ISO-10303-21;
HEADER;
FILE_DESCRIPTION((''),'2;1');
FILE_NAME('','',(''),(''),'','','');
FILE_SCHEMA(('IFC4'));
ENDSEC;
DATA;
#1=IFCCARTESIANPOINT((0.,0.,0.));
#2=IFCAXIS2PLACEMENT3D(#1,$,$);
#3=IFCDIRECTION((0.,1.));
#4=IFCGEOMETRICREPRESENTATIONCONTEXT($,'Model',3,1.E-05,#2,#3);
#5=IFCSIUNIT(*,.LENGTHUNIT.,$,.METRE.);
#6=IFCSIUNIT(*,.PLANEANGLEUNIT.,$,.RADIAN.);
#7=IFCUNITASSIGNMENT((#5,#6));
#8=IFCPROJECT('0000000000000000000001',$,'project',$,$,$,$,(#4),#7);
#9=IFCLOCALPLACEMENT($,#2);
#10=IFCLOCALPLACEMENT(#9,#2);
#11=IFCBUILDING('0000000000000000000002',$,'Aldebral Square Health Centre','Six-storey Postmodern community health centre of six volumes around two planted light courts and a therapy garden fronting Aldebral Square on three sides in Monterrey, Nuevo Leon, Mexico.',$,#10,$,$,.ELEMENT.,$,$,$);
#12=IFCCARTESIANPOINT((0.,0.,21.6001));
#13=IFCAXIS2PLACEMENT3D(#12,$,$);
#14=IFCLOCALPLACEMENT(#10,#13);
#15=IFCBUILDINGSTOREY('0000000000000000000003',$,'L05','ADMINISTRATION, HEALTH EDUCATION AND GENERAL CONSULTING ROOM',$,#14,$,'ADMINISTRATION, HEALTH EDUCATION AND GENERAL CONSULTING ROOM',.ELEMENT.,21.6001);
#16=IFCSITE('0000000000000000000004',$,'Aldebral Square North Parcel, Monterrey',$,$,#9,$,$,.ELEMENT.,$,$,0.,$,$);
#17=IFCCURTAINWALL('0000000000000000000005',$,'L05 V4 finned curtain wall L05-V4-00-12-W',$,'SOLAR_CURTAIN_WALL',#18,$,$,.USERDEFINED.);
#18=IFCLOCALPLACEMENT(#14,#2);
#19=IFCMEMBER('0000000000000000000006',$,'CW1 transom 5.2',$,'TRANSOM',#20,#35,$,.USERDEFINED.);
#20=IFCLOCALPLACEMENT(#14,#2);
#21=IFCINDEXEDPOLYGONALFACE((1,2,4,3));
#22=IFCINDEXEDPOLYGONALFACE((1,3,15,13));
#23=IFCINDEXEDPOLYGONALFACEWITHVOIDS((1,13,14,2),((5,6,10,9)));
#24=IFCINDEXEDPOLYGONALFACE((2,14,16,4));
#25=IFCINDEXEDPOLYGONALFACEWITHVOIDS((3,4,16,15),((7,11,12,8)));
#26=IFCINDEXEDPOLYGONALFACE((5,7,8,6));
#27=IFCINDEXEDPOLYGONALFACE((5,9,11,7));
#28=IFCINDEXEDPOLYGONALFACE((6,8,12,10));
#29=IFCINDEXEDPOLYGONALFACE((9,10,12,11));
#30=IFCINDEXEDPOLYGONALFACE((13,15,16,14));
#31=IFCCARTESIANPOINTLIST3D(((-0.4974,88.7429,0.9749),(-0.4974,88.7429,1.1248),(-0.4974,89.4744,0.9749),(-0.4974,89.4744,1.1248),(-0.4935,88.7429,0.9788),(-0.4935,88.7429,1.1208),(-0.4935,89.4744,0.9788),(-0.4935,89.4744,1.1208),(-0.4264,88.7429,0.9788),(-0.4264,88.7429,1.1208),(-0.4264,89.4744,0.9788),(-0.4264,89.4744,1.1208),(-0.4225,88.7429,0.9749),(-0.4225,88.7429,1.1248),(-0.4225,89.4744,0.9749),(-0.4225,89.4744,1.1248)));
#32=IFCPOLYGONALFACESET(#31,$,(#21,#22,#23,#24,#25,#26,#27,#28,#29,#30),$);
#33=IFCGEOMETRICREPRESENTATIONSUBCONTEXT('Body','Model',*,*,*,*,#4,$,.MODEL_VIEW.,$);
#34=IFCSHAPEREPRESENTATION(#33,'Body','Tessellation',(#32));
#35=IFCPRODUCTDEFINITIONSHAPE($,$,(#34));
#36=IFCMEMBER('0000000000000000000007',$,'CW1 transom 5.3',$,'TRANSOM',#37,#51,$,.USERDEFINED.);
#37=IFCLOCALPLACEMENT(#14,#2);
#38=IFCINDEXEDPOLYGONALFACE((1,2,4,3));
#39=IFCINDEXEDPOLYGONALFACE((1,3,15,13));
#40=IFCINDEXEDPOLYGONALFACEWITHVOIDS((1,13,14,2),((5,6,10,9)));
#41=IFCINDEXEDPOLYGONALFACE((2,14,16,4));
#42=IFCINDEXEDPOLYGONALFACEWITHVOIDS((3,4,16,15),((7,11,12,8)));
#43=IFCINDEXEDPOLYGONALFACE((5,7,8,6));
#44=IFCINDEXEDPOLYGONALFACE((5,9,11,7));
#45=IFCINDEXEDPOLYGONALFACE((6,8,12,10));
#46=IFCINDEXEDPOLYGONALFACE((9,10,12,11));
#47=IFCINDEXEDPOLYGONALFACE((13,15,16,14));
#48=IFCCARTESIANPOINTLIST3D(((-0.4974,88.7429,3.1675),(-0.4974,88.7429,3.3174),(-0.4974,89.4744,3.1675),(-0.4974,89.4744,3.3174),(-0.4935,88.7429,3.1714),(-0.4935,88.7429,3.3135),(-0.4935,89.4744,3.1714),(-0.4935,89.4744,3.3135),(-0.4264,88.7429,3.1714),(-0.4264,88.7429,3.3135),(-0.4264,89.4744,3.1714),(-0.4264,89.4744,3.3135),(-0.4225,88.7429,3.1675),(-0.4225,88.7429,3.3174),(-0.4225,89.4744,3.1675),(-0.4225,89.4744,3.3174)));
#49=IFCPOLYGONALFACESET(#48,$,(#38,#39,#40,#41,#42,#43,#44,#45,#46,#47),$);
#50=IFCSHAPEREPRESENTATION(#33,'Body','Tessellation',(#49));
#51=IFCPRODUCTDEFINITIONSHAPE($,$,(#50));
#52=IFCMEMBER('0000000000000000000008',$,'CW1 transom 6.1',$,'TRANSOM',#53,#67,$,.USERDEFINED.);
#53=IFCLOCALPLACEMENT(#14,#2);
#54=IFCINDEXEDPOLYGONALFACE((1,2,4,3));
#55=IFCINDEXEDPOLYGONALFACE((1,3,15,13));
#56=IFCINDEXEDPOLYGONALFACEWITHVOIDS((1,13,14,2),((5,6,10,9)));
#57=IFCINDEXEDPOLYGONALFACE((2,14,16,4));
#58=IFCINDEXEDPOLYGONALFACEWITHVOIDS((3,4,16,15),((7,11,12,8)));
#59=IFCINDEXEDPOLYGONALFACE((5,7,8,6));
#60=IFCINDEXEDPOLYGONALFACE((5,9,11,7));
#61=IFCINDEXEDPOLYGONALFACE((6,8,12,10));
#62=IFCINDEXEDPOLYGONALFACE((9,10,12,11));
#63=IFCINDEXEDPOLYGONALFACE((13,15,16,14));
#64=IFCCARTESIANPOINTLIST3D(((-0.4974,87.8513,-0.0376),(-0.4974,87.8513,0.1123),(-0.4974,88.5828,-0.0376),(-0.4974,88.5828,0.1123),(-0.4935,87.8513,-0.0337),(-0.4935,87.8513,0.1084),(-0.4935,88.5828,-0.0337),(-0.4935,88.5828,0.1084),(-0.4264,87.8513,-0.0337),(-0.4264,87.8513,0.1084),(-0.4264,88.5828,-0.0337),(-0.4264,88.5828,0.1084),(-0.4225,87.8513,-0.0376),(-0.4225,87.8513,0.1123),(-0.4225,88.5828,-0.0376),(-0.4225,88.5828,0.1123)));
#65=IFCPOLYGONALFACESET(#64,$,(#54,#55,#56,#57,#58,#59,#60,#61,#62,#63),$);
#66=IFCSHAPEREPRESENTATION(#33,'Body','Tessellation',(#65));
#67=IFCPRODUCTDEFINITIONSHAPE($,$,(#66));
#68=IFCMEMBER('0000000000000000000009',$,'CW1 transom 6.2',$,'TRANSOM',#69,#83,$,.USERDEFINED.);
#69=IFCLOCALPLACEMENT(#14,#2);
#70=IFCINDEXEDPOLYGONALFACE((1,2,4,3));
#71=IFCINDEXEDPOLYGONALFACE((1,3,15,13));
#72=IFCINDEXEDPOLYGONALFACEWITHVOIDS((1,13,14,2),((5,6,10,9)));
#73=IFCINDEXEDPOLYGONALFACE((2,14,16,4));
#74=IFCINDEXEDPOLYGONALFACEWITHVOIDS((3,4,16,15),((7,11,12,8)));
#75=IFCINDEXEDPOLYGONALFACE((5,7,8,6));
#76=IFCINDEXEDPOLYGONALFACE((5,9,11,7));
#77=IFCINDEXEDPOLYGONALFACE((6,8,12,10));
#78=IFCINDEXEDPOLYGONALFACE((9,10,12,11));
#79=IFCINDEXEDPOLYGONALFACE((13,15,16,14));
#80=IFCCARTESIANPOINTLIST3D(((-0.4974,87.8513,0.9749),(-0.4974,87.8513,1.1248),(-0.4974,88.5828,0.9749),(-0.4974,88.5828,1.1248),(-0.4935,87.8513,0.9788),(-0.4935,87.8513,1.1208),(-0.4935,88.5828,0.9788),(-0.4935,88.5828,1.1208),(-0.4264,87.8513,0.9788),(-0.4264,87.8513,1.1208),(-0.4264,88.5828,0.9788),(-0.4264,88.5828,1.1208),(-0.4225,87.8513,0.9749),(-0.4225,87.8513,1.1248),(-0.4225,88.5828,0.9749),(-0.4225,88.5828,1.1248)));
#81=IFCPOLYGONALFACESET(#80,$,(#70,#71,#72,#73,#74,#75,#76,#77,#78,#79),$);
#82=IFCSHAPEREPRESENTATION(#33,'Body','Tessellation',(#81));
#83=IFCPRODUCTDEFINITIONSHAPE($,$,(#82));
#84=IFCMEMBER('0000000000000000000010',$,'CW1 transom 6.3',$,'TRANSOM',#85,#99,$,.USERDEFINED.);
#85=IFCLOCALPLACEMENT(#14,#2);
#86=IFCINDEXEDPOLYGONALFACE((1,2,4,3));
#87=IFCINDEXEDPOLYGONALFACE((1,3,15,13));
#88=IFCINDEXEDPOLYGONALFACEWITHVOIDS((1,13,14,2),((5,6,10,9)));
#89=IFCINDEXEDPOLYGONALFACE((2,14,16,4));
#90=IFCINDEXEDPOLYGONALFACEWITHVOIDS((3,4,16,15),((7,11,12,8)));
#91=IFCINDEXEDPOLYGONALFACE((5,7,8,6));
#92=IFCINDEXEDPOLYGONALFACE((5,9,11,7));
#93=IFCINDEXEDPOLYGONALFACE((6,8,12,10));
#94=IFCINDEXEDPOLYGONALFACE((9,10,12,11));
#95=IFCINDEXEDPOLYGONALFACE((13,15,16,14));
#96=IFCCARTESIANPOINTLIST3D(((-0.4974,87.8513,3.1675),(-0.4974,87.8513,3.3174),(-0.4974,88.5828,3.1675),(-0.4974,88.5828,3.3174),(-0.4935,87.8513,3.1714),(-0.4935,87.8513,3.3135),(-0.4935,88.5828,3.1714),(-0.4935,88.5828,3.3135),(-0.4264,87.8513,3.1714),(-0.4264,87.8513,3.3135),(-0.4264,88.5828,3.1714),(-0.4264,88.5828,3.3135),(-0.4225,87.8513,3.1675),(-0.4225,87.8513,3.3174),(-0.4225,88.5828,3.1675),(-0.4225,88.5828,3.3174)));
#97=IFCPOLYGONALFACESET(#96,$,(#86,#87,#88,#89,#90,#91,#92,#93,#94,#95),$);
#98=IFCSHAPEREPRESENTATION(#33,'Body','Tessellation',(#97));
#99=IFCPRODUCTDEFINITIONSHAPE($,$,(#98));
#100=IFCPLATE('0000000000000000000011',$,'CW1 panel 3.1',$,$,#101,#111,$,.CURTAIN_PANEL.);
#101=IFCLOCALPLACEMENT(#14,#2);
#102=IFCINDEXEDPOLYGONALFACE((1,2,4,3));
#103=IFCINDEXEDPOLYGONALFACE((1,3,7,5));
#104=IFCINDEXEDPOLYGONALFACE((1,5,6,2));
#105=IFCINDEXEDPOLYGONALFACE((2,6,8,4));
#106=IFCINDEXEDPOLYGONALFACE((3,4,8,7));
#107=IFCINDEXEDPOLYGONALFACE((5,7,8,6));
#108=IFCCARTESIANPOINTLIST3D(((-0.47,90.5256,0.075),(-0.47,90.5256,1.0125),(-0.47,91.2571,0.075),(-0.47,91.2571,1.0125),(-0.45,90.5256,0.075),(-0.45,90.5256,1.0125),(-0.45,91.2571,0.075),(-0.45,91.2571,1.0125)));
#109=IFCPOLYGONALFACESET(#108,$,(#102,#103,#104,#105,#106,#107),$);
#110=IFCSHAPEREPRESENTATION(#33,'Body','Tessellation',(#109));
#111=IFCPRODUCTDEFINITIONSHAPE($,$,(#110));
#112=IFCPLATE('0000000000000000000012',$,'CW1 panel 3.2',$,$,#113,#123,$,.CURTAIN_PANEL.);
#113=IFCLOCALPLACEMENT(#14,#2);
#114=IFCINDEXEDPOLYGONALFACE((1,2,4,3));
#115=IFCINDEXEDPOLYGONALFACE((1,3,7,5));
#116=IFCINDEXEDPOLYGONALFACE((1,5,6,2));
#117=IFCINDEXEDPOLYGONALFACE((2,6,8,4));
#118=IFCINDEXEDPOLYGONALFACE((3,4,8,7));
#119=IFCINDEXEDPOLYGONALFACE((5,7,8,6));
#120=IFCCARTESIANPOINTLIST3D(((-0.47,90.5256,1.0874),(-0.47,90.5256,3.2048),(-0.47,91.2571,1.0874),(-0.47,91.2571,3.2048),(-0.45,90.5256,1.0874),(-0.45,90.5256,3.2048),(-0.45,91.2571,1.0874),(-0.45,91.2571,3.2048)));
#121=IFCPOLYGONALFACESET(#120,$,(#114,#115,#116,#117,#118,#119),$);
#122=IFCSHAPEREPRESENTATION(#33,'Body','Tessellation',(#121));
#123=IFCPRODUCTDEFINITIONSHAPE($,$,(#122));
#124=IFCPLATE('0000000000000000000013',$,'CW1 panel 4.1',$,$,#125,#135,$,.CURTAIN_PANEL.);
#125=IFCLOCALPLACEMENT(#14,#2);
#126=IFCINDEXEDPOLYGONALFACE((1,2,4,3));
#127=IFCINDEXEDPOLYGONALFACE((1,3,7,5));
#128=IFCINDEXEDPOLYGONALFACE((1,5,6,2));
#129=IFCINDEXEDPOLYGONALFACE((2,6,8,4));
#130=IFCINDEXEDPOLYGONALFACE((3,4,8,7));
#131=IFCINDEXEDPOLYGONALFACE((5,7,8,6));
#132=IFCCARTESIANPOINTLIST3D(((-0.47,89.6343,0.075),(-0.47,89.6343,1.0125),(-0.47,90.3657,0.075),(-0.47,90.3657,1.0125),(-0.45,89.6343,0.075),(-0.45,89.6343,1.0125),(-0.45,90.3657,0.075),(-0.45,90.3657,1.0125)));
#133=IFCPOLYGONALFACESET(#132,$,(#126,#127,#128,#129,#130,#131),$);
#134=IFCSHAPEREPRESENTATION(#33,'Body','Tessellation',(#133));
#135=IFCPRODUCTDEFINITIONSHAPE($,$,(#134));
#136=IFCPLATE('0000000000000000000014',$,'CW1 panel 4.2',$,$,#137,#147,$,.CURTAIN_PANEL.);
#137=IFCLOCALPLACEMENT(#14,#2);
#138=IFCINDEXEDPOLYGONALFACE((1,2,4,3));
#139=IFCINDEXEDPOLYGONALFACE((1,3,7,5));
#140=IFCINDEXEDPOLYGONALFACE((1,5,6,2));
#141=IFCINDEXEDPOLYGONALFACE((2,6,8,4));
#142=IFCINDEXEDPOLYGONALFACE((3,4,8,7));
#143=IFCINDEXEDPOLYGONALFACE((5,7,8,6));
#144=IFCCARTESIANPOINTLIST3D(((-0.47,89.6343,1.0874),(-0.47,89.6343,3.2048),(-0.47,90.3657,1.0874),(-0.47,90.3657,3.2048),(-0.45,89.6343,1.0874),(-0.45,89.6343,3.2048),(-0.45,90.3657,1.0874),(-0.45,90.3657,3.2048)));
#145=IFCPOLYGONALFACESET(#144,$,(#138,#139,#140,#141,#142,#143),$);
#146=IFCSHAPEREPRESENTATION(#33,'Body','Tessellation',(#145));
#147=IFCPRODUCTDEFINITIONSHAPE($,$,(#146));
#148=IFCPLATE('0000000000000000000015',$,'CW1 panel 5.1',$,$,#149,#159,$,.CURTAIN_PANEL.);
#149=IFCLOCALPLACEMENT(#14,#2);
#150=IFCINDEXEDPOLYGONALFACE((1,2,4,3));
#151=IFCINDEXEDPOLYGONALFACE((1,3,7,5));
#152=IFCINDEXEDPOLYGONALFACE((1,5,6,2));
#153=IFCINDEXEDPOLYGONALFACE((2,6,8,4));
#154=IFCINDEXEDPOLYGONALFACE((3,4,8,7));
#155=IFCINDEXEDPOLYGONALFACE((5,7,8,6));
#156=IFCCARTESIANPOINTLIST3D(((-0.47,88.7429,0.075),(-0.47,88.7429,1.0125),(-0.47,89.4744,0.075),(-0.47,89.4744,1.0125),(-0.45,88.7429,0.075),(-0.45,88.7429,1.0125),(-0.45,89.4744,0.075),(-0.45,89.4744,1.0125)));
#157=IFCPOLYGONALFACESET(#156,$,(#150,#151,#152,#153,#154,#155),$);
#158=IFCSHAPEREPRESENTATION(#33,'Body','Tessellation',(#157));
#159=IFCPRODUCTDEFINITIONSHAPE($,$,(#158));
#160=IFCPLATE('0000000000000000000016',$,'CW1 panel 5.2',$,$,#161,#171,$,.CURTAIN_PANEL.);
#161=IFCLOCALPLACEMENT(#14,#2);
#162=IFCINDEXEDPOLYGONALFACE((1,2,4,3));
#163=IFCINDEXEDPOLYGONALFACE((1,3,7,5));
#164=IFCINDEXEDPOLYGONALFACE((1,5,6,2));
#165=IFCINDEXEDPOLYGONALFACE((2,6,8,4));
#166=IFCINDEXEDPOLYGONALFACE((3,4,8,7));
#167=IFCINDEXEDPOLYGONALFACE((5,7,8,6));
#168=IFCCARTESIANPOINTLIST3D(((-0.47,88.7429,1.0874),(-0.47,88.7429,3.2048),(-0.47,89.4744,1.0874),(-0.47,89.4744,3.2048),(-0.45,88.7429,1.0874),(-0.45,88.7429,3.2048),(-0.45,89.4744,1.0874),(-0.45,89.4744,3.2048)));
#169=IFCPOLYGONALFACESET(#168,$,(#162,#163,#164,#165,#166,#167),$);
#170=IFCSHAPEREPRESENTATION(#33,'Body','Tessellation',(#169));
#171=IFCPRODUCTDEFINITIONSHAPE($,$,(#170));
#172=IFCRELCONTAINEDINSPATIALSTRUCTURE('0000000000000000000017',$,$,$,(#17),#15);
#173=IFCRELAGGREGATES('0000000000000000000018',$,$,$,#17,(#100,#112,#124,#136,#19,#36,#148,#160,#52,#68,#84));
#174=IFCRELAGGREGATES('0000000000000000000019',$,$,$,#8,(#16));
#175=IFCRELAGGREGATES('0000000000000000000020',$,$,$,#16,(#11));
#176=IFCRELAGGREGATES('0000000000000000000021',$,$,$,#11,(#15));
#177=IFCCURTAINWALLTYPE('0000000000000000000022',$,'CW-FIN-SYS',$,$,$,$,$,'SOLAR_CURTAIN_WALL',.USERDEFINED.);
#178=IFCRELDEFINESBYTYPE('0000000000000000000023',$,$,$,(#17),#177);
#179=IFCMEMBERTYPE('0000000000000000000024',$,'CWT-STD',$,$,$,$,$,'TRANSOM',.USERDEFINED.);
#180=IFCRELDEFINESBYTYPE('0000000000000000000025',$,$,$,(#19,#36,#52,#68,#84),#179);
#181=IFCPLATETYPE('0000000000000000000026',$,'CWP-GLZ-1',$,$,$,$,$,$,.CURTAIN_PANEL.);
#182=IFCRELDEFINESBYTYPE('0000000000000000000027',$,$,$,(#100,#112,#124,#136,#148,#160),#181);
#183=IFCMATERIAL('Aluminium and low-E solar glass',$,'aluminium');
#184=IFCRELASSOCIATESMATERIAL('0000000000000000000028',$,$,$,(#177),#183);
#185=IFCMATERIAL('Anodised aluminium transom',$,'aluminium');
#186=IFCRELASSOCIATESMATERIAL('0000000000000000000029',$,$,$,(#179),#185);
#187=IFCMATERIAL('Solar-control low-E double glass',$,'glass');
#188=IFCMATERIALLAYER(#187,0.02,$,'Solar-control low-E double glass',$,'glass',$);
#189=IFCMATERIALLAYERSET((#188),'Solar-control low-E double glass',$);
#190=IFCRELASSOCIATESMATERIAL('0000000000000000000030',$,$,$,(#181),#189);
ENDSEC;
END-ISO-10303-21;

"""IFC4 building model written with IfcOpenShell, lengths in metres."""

from ifc_helpers import new_model, si_unit, direction, frame, origin, origin_2d, place, context, subcontext, project, spatial, rectangle, hollow_rectangle, extrude, material, layer, layer_set, material_profile, profile_set, type_object, element, aggregate, save


model = new_model("IFC4")

# Units and contexts
model_context = context("Model", 3, precision=1e-05, world=origin(), true_north=direction((0.0, 1.0)))
body_context = subcontext(model_context, "Body", "Model", "MODEL_VIEW")
ifc_project = project(units=[si_unit("LENGTHUNIT", "METRE"), si_unit("PLANEANGLEUNIT", "RADIAN")], contexts=[model_context])

# Site, building, storey
site_placement = place(None, origin())
site = spatial("IfcSite", under=ifc_project, at=site_placement, Name="Aldebral Square North Parcel, Monterrey", CompositionType="ELEMENT", RefElevation=0.0)
building_placement = place(site_placement, origin())
building = spatial("IfcBuilding", under=site, at=building_placement, Name="Aldebral Square Health Centre", Description="Six-storey Postmodern community health centre of six volumes around two planted light courts and a therapy garden fronting Aldebral Square on three sides in Monterrey, Nuevo Leon, Mexico.", CompositionType="ELEMENT")
storey_placement = place(building_placement, frame((0.0, 0.0, 21.6001)))
storey = spatial("IfcBuildingStorey", under=building, at=storey_placement, Name="L05", Description="ADMINISTRATION, HEALTH EDUCATION AND GENERAL CONSULTING ROOM", LongName="ADMINISTRATION, HEALTH EDUCATION AND GENERAL CONSULTING ROOM", CompositionType="ELEMENT", Elevation=21.6001)

# Curtain wall, members, plates
ifc_material_1 = material(Name="Aluminium and low-E solar glass", Category="aluminium")
curtain_wall_type = type_object("IfcCurtainWallType", Name="CW-FIN-SYS", ElementType="SOLAR_CURTAIN_WALL", PredefinedType="USERDEFINED", material=ifc_material_1)
curtain_wall_placement = place(storey_placement, origin())
curtain_wall = element("IfcCurtainWall", 1, at=curtain_wall_placement, inside=storey, type_object=curtain_wall_type, Name="L05 V4 finned curtain wall L05-V4-00-12-W", ObjectType="SOLAR_CURTAIN_WALL", PredefinedType="USERDEFINED")
ifc_material_2 = material(Name="Anodised aluminium transom", Category="aluminium")
ifc_material_profile_1 = material_profile(ifc_material_2, hollow_rectangle(XDim=0.075, YDim=0.1499, WallThickness=0.0039, at=origin_2d()), Name="CWT 75x150x4")
ifc_profile_set_1 = profile_set([ifc_material_profile_1], Name="Anodised aluminium transom")
member_type_1 = type_object("IfcMemberType", Name="CWT-STD", ElementType="TRANSOM", PredefinedType="USERDEFINED", material=ifc_profile_set_1)
member_1_placement = place(storey_placement, frame((-0.46, 89.4744, 1.0498), z_axis=(0.0, -1.0, 0.0), x_axis=(1.0, 0.0, 0.0)))
member_1 = element("IfcMember", 2, at=member_1_placement, type_object=member_type_1, Name="CW1 transom 5.2", ObjectType="TRANSOM", PredefinedType="USERDEFINED", context=body_context, shape_type="SweptSolid", body=[
    extrude(hollow_rectangle(XDim=0.075, YDim=0.1499, WallThickness=0.0039, at=origin_2d()), origin(), (0.0, 0.0, 1.0), 0.7314),
])
member_2_placement = place(storey_placement, frame((-0.46, 89.4744, 3.2424), z_axis=(0.0, -1.0, 0.0), x_axis=(1.0, 0.0, 0.0)))
member_2 = element("IfcMember", 3, at=member_2_placement, type_object=member_type_1, Name="CW1 transom 5.3", ObjectType="TRANSOM", PredefinedType="USERDEFINED", context=body_context, shape_type="SweptSolid", body=[
    extrude(hollow_rectangle(XDim=0.075, YDim=0.1499, WallThickness=0.0039, at=origin_2d()), origin(), (0.0, 0.0, 1.0), 0.7314),
])
member_3_placement = place(storey_placement, frame((-0.46, 88.5828, 0.0374), z_axis=(0.0, -1.0, 0.0), x_axis=(1.0, 0.0, 0.0)))
member_3 = element("IfcMember", 4, at=member_3_placement, type_object=member_type_1, Name="CW1 transom 6.1", ObjectType="TRANSOM", PredefinedType="USERDEFINED", context=body_context, shape_type="SweptSolid", body=[
    extrude(hollow_rectangle(XDim=0.075, YDim=0.1499, WallThickness=0.0039, at=origin_2d()), origin(), (0.0, 0.0, 1.0), 0.7314),
])
member_4_placement = place(storey_placement, frame((-0.46, 88.5828, 1.0498), z_axis=(0.0, -1.0, 0.0), x_axis=(1.0, 0.0, 0.0)))
member_4 = element("IfcMember", 5, at=member_4_placement, type_object=member_type_1, Name="CW1 transom 6.2", ObjectType="TRANSOM", PredefinedType="USERDEFINED", context=body_context, shape_type="SweptSolid", body=[
    extrude(hollow_rectangle(XDim=0.075, YDim=0.1499, WallThickness=0.0039, at=origin_2d()), origin(), (0.0, 0.0, 1.0), 0.7314),
])
member_5_placement = place(storey_placement, frame((-0.46, 88.5828, 3.2424), z_axis=(0.0, -1.0, 0.0), x_axis=(1.0, 0.0, 0.0)))
member_5 = element("IfcMember", 6, at=member_5_placement, type_object=member_type_1, Name="CW1 transom 6.3", ObjectType="TRANSOM", PredefinedType="USERDEFINED", context=body_context, shape_type="SweptSolid", body=[
    extrude(hollow_rectangle(XDim=0.075, YDim=0.1499, WallThickness=0.0039, at=origin_2d()), origin(), (0.0, 0.0, 1.0), 0.7314),
])
ifc_material_3 = material(Name="Solar-control low-E double glass", Category="glass")
ifc_layer = layer(ifc_material_3, 0.02, Name="Solar-control low-E double glass", Category="glass")
ifc_layer_set = layer_set([ifc_layer], Name="Solar-control low-E double glass")
plate_type = type_object("IfcPlateType", Name="CWP-GLZ-1", PredefinedType="CURTAIN_PANEL", material=ifc_layer_set)
plate_1_placement = place(storey_placement, frame((-0.46, 90.8914, 0.075), z_axis=(0.0, 0.0, 1.0), x_axis=(0.0, -1.0, 0.0)))
plate_1 = element("IfcPlate", 7, at=plate_1_placement, type_object=plate_type, Name="CW1 panel 3.1", PredefinedType="CURTAIN_PANEL", context=body_context, shape_type="SweptSolid", body=[
    extrude(rectangle(XDim=0.7314, YDim=0.02, at=origin_2d()), origin(), (0.0, 0.0, 1.0), 0.9375),
])
plate_2_placement = place(storey_placement, frame((-0.46, 90.8914, 1.0874), z_axis=(0.0, 0.0, 1.0), x_axis=(0.0, -1.0, 0.0)))
plate_2 = element("IfcPlate", 8, at=plate_2_placement, type_object=plate_type, Name="CW1 panel 3.2", PredefinedType="CURTAIN_PANEL", context=body_context, shape_type="SweptSolid", body=[
    extrude(rectangle(XDim=0.7314, YDim=0.02, at=origin_2d()), origin(), (0.0, 0.0, 1.0), 2.1174),
])
plate_3_placement = place(storey_placement, frame((-0.46, 90.0, 0.075), z_axis=(0.0, 0.0, 1.0), x_axis=(0.0, -1.0, 0.0)))
plate_3 = element("IfcPlate", 9, at=plate_3_placement, type_object=plate_type, Name="CW1 panel 4.1", PredefinedType="CURTAIN_PANEL", context=body_context, shape_type="SweptSolid", body=[
    extrude(rectangle(XDim=0.7314, YDim=0.02, at=origin_2d()), origin(), (0.0, 0.0, 1.0), 0.9375),
])
plate_4_placement = place(storey_placement, frame((-0.46, 90.0, 1.0874), z_axis=(0.0, 0.0, 1.0), x_axis=(0.0, -1.0, 0.0)))
plate_4 = element("IfcPlate", 10, at=plate_4_placement, type_object=plate_type, Name="CW1 panel 4.2", PredefinedType="CURTAIN_PANEL", context=body_context, shape_type="SweptSolid", body=[
    extrude(rectangle(XDim=0.7314, YDim=0.02, at=origin_2d()), origin(), (0.0, 0.0, 1.0), 2.1174),
])
plate_5_placement = place(storey_placement, frame((-0.46, 89.1086, 0.075), z_axis=(0.0, 0.0, 1.0), x_axis=(0.0, -1.0, 0.0)))
plate_5 = element("IfcPlate", 11, at=plate_5_placement, type_object=plate_type, Name="CW1 panel 5.1", PredefinedType="CURTAIN_PANEL", context=body_context, shape_type="SweptSolid", body=[
    extrude(rectangle(XDim=0.7314, YDim=0.02, at=origin_2d()), origin(), (0.0, 0.0, 1.0), 0.9375),
])
plate_6_placement = place(storey_placement, frame((-0.46, 89.1086, 1.0874), z_axis=(0.0, 0.0, 1.0), x_axis=(0.0, -1.0, 0.0)))
plate_6 = element("IfcPlate", 12, at=plate_6_placement, type_object=plate_type, Name="CW1 panel 5.2", PredefinedType="CURTAIN_PANEL", context=body_context, shape_type="SweptSolid", body=[
    extrude(rectangle(XDim=0.7314, YDim=0.02, at=origin_2d()), origin(), (0.0, 0.0, 1.0), 2.1174),
])
aggregate(curtain_wall, [plate_1, plate_2, plate_3, plate_4, member_1, member_2, plate_5, plate_6, member_3, member_4, member_5])

save(model, "model.ifc")
